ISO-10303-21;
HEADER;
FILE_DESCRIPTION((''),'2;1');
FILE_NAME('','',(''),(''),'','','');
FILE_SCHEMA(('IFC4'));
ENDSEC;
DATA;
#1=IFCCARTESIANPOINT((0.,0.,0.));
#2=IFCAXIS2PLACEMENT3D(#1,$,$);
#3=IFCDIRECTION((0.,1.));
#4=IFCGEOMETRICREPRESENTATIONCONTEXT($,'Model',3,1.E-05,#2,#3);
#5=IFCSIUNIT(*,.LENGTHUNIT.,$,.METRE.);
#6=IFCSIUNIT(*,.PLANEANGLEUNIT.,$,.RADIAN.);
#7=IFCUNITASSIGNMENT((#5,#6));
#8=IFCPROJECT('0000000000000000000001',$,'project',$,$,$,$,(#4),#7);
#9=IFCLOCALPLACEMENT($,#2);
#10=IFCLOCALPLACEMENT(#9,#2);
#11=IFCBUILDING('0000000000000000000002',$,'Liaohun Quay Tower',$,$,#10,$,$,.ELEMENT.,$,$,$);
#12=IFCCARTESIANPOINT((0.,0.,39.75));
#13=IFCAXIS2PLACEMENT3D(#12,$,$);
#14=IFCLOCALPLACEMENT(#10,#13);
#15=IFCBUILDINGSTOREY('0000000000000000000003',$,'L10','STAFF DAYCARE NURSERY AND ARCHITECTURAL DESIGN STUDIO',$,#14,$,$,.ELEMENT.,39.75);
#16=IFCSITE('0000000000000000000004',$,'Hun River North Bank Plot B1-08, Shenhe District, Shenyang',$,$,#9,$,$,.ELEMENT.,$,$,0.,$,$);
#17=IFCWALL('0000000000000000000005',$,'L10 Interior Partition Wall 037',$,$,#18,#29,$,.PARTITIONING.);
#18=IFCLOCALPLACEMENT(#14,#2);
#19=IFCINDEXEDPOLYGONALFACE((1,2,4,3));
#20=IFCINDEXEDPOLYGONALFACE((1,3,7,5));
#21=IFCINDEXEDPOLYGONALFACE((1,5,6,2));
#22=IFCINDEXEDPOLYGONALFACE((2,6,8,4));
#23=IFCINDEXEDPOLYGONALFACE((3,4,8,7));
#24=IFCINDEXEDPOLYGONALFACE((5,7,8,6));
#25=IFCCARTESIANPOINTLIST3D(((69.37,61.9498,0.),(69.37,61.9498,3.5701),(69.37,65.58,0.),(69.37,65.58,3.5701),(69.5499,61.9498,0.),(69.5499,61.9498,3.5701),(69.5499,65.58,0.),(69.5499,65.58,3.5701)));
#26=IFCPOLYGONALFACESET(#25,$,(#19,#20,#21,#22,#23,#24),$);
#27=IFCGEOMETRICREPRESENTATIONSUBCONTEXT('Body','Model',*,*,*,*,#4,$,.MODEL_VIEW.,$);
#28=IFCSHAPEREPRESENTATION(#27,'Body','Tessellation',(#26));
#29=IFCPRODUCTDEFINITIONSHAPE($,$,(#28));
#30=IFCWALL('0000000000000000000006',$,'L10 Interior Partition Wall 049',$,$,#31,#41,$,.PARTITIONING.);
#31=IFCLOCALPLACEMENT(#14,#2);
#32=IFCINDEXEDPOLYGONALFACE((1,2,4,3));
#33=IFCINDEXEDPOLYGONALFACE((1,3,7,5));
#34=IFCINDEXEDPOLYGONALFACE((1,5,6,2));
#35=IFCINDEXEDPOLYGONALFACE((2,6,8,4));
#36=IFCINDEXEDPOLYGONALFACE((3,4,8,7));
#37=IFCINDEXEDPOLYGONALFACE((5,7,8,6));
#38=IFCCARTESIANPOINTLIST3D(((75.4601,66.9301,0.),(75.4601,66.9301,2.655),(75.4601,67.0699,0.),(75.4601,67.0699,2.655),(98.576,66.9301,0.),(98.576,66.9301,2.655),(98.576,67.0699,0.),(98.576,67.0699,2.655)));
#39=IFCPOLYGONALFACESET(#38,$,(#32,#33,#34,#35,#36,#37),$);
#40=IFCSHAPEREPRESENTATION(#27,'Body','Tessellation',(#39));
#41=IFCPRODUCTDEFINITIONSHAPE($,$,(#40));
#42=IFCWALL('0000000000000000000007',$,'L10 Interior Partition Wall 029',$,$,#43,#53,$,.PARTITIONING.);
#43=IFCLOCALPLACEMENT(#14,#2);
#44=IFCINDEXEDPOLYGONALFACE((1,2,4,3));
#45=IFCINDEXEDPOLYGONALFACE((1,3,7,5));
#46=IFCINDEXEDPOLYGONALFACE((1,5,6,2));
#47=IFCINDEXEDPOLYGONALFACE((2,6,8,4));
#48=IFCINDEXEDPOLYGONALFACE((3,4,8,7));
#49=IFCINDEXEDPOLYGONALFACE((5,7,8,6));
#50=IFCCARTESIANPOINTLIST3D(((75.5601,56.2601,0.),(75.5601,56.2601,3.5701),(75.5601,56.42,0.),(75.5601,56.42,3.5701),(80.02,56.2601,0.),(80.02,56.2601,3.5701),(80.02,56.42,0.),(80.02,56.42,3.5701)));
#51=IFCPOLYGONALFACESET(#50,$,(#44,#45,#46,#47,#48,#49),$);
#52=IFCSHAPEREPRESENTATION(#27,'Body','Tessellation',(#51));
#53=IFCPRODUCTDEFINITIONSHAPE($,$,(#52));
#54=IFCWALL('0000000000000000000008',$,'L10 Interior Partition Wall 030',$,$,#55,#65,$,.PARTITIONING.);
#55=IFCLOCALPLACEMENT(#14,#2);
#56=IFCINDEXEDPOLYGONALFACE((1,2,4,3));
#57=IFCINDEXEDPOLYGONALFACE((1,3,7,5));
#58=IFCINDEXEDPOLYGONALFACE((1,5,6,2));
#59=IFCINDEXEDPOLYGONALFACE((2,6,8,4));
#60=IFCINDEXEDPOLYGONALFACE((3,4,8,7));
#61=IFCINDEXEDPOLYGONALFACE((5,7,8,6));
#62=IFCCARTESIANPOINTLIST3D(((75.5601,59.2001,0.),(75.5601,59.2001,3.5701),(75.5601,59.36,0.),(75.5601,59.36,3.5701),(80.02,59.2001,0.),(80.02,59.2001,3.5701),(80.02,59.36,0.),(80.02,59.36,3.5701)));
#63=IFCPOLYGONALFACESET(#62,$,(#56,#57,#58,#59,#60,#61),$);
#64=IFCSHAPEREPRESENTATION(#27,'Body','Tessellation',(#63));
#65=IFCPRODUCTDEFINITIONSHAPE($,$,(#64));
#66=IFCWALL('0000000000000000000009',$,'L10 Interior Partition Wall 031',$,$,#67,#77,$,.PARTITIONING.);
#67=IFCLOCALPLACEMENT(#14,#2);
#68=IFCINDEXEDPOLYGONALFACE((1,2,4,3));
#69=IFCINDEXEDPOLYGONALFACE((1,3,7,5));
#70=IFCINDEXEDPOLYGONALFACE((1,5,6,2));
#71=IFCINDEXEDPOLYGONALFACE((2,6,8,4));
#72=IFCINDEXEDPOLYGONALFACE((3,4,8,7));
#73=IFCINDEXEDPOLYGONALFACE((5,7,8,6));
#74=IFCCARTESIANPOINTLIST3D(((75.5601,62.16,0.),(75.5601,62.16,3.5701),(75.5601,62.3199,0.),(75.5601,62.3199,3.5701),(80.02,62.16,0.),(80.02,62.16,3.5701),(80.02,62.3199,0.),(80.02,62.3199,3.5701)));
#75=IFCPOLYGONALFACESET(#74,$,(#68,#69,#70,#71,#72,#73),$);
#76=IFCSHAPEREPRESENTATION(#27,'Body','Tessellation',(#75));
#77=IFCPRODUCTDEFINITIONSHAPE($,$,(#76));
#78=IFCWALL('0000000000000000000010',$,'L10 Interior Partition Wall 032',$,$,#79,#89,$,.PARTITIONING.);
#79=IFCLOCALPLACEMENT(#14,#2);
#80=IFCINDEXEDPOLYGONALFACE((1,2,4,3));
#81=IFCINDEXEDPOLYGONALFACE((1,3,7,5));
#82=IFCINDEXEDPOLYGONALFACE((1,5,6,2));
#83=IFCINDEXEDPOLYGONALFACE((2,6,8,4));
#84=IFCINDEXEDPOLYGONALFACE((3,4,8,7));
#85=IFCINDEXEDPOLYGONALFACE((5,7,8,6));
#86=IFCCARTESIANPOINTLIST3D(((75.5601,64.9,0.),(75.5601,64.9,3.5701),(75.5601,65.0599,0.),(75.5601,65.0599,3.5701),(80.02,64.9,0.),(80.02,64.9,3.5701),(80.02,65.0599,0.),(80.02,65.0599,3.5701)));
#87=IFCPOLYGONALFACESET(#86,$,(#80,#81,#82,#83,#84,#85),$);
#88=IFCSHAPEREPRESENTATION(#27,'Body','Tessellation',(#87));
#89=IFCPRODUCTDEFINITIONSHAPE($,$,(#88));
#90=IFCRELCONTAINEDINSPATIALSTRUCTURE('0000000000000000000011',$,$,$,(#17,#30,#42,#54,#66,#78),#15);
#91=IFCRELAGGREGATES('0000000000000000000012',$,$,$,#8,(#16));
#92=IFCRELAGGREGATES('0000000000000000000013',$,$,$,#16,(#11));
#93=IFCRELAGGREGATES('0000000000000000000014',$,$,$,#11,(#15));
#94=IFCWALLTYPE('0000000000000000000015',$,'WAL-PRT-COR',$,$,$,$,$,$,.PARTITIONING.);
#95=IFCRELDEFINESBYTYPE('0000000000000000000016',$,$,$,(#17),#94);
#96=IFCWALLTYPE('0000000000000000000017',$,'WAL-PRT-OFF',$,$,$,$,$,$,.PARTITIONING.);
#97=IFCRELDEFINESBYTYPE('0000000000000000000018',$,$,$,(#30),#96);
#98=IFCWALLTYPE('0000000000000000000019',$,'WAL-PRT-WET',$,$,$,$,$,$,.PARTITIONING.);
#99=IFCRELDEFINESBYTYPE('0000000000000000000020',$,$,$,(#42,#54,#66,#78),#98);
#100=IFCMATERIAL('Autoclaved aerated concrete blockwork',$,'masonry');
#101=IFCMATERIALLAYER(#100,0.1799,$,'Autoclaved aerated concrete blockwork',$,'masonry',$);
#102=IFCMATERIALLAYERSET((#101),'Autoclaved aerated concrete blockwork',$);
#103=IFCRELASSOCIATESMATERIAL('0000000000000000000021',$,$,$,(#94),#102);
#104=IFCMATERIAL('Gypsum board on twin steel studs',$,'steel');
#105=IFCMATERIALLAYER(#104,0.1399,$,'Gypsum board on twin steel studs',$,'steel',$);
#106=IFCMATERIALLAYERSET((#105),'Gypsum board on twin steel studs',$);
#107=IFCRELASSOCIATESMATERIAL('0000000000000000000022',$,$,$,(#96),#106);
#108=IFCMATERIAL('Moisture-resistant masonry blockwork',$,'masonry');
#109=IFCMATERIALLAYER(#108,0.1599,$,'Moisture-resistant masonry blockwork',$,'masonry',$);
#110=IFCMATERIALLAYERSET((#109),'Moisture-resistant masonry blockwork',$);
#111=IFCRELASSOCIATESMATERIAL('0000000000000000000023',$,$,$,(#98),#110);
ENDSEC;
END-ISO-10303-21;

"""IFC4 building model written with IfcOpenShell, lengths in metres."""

from ifc_helpers import new_model, si_unit, direction, frame, frame_2d, origin, place, context, subcontext, project, spatial, rectangle, extrude, material, layer, layer_set, type_object, element, save


model = new_model("IFC4")

# Units and contexts
model_context = context("Model", 3, precision=1e-05, world=origin(), true_north=direction((0.0, 1.0)))
body_context = subcontext(model_context, "Body", "Model", "MODEL_VIEW")
ifc_project = project(units=[si_unit("LENGTHUNIT", "METRE"), si_unit("PLANEANGLEUNIT", "RADIAN")], contexts=[model_context])

# Site, building, storey
site_placement = place(None, origin())
site = spatial("IfcSite", under=ifc_project, at=site_placement, Name="Hun River North Bank Plot B1-08, Shenhe District, Shenyang", CompositionType="ELEMENT", RefElevation=0.0)
building_placement = place(site_placement, origin())
building = spatial("IfcBuilding", under=site, at=building_placement, Name="Liaohun Quay Tower", CompositionType="ELEMENT")
storey_placement = place(building_placement, frame((0.0, 0.0, 39.75)))
storey = spatial("IfcBuildingStorey", under=building, at=storey_placement, Name="L10", Description="STAFF DAYCARE NURSERY AND ARCHITECTURAL DESIGN STUDIO", CompositionType="ELEMENT", Elevation=39.75)

# Shared definitions
ifc_material_1 = material(Name="Autoclaved aerated concrete blockwork", Category="masonry")
ifc_layer_1 = layer(ifc_material_1, 0.1799, Name="Autoclaved aerated concrete blockwork", Category="masonry")
ifc_layer_set_1 = layer_set([ifc_layer_1], Name="Autoclaved aerated concrete blockwork")
wall_type_1 = type_object("IfcWallType", Name="WAL-PRT-COR", PredefinedType="PARTITIONING", material=ifc_layer_set_1)

# Walls
wall_1_placement = place(storey_placement, frame((69.46, 61.95, 0.0), z_axis=(0.0, 0.0, 1.0), x_axis=(0.0, 1.0, 0.0)))
element("IfcWall", 1, at=wall_1_placement, inside=storey, type_object=wall_type_1, Name="L10 Interior Partition Wall 037", PredefinedType="PARTITIONING", context=body_context, shape_type="SweptSolid", body=[
    extrude(rectangle(XDim=3.6301, YDim=0.1799, at=frame_2d((1.8149, 0.0))), origin(), (0.0, 0.0, 1.0), 3.5701),
])
ifc_material_2 = material(Name="Gypsum board on twin steel studs", Category="steel")
ifc_layer_2 = layer(ifc_material_2, 0.1399, Name="Gypsum board on twin steel studs", Category="steel")
ifc_layer_set_2 = layer_set([ifc_layer_2], Name="Gypsum board on twin steel studs")
wall_type_2 = type_object("IfcWallType", Name="WAL-PRT-OFF", PredefinedType="PARTITIONING", material=ifc_layer_set_2)
wall_2_placement = place(storey_placement, frame((75.46, 67.0, 0.0), z_axis=(0.0, 0.0, 1.0), x_axis=(1.0, 0.0, 0.0)))
element("IfcWall", 2, at=wall_2_placement, inside=storey, type_object=wall_type_2, Name="L10 Interior Partition Wall 049", PredefinedType="PARTITIONING", context=body_context, shape_type="SweptSolid", body=[
    extrude(rectangle(XDim=23.116, YDim=0.1399, at=frame_2d((11.5581, 0.0))), origin(), (0.0, 0.0, 1.0), 2.655),
])

# Shared definitions
ifc_material_3 = material(Name="Moisture-resistant masonry blockwork", Category="masonry")
ifc_layer_3 = layer(ifc_material_3, 0.1599, Name="Moisture-resistant masonry blockwork", Category="masonry")
ifc_layer_set_3 = layer_set([ifc_layer_3], Name="Moisture-resistant masonry blockwork")
wall_type_3 = type_object("IfcWallType", Name="WAL-PRT-WET", PredefinedType="PARTITIONING", material=ifc_layer_set_3)

# Walls
for number, where, z_axis, x_axis, name in (
    (3, (75.5601, 56.3401, 0.0), (0.0, 0.0, 1.0), (1.0, 0.0, 0.0), "L10 Interior Partition Wall 029"),
    (4, (75.5601, 59.28, 0.0), (0.0, 0.0, 1.0), (1.0, 0.0, 0.0), "L10 Interior Partition Wall 030"),
    (5, (75.5601, 62.24, 0.0), (0.0, 0.0, 1.0), (1.0, 0.0, 0.0), "L10 Interior Partition Wall 031"),
    (6, (75.5601, 64.98, 0.0), (0.0, 0.0, 1.0), (1.0, 0.0, 0.0), "L10 Interior Partition Wall 032"),
):
    element("IfcWall", number, at=place(storey_placement, frame(where, z_axis=z_axis, x_axis=x_axis)), inside=storey, type_object=wall_type_3, Name=name, PredefinedType="PARTITIONING", context=body_context, shape_type="SweptSolid", body=[
        extrude(rectangle(XDim=4.46, YDim=0.1599, at=frame_2d((2.23, 0.0))), origin(), (0.0, 0.0, 1.0), 3.5701),
    ])

save(model, "model.ifc")
